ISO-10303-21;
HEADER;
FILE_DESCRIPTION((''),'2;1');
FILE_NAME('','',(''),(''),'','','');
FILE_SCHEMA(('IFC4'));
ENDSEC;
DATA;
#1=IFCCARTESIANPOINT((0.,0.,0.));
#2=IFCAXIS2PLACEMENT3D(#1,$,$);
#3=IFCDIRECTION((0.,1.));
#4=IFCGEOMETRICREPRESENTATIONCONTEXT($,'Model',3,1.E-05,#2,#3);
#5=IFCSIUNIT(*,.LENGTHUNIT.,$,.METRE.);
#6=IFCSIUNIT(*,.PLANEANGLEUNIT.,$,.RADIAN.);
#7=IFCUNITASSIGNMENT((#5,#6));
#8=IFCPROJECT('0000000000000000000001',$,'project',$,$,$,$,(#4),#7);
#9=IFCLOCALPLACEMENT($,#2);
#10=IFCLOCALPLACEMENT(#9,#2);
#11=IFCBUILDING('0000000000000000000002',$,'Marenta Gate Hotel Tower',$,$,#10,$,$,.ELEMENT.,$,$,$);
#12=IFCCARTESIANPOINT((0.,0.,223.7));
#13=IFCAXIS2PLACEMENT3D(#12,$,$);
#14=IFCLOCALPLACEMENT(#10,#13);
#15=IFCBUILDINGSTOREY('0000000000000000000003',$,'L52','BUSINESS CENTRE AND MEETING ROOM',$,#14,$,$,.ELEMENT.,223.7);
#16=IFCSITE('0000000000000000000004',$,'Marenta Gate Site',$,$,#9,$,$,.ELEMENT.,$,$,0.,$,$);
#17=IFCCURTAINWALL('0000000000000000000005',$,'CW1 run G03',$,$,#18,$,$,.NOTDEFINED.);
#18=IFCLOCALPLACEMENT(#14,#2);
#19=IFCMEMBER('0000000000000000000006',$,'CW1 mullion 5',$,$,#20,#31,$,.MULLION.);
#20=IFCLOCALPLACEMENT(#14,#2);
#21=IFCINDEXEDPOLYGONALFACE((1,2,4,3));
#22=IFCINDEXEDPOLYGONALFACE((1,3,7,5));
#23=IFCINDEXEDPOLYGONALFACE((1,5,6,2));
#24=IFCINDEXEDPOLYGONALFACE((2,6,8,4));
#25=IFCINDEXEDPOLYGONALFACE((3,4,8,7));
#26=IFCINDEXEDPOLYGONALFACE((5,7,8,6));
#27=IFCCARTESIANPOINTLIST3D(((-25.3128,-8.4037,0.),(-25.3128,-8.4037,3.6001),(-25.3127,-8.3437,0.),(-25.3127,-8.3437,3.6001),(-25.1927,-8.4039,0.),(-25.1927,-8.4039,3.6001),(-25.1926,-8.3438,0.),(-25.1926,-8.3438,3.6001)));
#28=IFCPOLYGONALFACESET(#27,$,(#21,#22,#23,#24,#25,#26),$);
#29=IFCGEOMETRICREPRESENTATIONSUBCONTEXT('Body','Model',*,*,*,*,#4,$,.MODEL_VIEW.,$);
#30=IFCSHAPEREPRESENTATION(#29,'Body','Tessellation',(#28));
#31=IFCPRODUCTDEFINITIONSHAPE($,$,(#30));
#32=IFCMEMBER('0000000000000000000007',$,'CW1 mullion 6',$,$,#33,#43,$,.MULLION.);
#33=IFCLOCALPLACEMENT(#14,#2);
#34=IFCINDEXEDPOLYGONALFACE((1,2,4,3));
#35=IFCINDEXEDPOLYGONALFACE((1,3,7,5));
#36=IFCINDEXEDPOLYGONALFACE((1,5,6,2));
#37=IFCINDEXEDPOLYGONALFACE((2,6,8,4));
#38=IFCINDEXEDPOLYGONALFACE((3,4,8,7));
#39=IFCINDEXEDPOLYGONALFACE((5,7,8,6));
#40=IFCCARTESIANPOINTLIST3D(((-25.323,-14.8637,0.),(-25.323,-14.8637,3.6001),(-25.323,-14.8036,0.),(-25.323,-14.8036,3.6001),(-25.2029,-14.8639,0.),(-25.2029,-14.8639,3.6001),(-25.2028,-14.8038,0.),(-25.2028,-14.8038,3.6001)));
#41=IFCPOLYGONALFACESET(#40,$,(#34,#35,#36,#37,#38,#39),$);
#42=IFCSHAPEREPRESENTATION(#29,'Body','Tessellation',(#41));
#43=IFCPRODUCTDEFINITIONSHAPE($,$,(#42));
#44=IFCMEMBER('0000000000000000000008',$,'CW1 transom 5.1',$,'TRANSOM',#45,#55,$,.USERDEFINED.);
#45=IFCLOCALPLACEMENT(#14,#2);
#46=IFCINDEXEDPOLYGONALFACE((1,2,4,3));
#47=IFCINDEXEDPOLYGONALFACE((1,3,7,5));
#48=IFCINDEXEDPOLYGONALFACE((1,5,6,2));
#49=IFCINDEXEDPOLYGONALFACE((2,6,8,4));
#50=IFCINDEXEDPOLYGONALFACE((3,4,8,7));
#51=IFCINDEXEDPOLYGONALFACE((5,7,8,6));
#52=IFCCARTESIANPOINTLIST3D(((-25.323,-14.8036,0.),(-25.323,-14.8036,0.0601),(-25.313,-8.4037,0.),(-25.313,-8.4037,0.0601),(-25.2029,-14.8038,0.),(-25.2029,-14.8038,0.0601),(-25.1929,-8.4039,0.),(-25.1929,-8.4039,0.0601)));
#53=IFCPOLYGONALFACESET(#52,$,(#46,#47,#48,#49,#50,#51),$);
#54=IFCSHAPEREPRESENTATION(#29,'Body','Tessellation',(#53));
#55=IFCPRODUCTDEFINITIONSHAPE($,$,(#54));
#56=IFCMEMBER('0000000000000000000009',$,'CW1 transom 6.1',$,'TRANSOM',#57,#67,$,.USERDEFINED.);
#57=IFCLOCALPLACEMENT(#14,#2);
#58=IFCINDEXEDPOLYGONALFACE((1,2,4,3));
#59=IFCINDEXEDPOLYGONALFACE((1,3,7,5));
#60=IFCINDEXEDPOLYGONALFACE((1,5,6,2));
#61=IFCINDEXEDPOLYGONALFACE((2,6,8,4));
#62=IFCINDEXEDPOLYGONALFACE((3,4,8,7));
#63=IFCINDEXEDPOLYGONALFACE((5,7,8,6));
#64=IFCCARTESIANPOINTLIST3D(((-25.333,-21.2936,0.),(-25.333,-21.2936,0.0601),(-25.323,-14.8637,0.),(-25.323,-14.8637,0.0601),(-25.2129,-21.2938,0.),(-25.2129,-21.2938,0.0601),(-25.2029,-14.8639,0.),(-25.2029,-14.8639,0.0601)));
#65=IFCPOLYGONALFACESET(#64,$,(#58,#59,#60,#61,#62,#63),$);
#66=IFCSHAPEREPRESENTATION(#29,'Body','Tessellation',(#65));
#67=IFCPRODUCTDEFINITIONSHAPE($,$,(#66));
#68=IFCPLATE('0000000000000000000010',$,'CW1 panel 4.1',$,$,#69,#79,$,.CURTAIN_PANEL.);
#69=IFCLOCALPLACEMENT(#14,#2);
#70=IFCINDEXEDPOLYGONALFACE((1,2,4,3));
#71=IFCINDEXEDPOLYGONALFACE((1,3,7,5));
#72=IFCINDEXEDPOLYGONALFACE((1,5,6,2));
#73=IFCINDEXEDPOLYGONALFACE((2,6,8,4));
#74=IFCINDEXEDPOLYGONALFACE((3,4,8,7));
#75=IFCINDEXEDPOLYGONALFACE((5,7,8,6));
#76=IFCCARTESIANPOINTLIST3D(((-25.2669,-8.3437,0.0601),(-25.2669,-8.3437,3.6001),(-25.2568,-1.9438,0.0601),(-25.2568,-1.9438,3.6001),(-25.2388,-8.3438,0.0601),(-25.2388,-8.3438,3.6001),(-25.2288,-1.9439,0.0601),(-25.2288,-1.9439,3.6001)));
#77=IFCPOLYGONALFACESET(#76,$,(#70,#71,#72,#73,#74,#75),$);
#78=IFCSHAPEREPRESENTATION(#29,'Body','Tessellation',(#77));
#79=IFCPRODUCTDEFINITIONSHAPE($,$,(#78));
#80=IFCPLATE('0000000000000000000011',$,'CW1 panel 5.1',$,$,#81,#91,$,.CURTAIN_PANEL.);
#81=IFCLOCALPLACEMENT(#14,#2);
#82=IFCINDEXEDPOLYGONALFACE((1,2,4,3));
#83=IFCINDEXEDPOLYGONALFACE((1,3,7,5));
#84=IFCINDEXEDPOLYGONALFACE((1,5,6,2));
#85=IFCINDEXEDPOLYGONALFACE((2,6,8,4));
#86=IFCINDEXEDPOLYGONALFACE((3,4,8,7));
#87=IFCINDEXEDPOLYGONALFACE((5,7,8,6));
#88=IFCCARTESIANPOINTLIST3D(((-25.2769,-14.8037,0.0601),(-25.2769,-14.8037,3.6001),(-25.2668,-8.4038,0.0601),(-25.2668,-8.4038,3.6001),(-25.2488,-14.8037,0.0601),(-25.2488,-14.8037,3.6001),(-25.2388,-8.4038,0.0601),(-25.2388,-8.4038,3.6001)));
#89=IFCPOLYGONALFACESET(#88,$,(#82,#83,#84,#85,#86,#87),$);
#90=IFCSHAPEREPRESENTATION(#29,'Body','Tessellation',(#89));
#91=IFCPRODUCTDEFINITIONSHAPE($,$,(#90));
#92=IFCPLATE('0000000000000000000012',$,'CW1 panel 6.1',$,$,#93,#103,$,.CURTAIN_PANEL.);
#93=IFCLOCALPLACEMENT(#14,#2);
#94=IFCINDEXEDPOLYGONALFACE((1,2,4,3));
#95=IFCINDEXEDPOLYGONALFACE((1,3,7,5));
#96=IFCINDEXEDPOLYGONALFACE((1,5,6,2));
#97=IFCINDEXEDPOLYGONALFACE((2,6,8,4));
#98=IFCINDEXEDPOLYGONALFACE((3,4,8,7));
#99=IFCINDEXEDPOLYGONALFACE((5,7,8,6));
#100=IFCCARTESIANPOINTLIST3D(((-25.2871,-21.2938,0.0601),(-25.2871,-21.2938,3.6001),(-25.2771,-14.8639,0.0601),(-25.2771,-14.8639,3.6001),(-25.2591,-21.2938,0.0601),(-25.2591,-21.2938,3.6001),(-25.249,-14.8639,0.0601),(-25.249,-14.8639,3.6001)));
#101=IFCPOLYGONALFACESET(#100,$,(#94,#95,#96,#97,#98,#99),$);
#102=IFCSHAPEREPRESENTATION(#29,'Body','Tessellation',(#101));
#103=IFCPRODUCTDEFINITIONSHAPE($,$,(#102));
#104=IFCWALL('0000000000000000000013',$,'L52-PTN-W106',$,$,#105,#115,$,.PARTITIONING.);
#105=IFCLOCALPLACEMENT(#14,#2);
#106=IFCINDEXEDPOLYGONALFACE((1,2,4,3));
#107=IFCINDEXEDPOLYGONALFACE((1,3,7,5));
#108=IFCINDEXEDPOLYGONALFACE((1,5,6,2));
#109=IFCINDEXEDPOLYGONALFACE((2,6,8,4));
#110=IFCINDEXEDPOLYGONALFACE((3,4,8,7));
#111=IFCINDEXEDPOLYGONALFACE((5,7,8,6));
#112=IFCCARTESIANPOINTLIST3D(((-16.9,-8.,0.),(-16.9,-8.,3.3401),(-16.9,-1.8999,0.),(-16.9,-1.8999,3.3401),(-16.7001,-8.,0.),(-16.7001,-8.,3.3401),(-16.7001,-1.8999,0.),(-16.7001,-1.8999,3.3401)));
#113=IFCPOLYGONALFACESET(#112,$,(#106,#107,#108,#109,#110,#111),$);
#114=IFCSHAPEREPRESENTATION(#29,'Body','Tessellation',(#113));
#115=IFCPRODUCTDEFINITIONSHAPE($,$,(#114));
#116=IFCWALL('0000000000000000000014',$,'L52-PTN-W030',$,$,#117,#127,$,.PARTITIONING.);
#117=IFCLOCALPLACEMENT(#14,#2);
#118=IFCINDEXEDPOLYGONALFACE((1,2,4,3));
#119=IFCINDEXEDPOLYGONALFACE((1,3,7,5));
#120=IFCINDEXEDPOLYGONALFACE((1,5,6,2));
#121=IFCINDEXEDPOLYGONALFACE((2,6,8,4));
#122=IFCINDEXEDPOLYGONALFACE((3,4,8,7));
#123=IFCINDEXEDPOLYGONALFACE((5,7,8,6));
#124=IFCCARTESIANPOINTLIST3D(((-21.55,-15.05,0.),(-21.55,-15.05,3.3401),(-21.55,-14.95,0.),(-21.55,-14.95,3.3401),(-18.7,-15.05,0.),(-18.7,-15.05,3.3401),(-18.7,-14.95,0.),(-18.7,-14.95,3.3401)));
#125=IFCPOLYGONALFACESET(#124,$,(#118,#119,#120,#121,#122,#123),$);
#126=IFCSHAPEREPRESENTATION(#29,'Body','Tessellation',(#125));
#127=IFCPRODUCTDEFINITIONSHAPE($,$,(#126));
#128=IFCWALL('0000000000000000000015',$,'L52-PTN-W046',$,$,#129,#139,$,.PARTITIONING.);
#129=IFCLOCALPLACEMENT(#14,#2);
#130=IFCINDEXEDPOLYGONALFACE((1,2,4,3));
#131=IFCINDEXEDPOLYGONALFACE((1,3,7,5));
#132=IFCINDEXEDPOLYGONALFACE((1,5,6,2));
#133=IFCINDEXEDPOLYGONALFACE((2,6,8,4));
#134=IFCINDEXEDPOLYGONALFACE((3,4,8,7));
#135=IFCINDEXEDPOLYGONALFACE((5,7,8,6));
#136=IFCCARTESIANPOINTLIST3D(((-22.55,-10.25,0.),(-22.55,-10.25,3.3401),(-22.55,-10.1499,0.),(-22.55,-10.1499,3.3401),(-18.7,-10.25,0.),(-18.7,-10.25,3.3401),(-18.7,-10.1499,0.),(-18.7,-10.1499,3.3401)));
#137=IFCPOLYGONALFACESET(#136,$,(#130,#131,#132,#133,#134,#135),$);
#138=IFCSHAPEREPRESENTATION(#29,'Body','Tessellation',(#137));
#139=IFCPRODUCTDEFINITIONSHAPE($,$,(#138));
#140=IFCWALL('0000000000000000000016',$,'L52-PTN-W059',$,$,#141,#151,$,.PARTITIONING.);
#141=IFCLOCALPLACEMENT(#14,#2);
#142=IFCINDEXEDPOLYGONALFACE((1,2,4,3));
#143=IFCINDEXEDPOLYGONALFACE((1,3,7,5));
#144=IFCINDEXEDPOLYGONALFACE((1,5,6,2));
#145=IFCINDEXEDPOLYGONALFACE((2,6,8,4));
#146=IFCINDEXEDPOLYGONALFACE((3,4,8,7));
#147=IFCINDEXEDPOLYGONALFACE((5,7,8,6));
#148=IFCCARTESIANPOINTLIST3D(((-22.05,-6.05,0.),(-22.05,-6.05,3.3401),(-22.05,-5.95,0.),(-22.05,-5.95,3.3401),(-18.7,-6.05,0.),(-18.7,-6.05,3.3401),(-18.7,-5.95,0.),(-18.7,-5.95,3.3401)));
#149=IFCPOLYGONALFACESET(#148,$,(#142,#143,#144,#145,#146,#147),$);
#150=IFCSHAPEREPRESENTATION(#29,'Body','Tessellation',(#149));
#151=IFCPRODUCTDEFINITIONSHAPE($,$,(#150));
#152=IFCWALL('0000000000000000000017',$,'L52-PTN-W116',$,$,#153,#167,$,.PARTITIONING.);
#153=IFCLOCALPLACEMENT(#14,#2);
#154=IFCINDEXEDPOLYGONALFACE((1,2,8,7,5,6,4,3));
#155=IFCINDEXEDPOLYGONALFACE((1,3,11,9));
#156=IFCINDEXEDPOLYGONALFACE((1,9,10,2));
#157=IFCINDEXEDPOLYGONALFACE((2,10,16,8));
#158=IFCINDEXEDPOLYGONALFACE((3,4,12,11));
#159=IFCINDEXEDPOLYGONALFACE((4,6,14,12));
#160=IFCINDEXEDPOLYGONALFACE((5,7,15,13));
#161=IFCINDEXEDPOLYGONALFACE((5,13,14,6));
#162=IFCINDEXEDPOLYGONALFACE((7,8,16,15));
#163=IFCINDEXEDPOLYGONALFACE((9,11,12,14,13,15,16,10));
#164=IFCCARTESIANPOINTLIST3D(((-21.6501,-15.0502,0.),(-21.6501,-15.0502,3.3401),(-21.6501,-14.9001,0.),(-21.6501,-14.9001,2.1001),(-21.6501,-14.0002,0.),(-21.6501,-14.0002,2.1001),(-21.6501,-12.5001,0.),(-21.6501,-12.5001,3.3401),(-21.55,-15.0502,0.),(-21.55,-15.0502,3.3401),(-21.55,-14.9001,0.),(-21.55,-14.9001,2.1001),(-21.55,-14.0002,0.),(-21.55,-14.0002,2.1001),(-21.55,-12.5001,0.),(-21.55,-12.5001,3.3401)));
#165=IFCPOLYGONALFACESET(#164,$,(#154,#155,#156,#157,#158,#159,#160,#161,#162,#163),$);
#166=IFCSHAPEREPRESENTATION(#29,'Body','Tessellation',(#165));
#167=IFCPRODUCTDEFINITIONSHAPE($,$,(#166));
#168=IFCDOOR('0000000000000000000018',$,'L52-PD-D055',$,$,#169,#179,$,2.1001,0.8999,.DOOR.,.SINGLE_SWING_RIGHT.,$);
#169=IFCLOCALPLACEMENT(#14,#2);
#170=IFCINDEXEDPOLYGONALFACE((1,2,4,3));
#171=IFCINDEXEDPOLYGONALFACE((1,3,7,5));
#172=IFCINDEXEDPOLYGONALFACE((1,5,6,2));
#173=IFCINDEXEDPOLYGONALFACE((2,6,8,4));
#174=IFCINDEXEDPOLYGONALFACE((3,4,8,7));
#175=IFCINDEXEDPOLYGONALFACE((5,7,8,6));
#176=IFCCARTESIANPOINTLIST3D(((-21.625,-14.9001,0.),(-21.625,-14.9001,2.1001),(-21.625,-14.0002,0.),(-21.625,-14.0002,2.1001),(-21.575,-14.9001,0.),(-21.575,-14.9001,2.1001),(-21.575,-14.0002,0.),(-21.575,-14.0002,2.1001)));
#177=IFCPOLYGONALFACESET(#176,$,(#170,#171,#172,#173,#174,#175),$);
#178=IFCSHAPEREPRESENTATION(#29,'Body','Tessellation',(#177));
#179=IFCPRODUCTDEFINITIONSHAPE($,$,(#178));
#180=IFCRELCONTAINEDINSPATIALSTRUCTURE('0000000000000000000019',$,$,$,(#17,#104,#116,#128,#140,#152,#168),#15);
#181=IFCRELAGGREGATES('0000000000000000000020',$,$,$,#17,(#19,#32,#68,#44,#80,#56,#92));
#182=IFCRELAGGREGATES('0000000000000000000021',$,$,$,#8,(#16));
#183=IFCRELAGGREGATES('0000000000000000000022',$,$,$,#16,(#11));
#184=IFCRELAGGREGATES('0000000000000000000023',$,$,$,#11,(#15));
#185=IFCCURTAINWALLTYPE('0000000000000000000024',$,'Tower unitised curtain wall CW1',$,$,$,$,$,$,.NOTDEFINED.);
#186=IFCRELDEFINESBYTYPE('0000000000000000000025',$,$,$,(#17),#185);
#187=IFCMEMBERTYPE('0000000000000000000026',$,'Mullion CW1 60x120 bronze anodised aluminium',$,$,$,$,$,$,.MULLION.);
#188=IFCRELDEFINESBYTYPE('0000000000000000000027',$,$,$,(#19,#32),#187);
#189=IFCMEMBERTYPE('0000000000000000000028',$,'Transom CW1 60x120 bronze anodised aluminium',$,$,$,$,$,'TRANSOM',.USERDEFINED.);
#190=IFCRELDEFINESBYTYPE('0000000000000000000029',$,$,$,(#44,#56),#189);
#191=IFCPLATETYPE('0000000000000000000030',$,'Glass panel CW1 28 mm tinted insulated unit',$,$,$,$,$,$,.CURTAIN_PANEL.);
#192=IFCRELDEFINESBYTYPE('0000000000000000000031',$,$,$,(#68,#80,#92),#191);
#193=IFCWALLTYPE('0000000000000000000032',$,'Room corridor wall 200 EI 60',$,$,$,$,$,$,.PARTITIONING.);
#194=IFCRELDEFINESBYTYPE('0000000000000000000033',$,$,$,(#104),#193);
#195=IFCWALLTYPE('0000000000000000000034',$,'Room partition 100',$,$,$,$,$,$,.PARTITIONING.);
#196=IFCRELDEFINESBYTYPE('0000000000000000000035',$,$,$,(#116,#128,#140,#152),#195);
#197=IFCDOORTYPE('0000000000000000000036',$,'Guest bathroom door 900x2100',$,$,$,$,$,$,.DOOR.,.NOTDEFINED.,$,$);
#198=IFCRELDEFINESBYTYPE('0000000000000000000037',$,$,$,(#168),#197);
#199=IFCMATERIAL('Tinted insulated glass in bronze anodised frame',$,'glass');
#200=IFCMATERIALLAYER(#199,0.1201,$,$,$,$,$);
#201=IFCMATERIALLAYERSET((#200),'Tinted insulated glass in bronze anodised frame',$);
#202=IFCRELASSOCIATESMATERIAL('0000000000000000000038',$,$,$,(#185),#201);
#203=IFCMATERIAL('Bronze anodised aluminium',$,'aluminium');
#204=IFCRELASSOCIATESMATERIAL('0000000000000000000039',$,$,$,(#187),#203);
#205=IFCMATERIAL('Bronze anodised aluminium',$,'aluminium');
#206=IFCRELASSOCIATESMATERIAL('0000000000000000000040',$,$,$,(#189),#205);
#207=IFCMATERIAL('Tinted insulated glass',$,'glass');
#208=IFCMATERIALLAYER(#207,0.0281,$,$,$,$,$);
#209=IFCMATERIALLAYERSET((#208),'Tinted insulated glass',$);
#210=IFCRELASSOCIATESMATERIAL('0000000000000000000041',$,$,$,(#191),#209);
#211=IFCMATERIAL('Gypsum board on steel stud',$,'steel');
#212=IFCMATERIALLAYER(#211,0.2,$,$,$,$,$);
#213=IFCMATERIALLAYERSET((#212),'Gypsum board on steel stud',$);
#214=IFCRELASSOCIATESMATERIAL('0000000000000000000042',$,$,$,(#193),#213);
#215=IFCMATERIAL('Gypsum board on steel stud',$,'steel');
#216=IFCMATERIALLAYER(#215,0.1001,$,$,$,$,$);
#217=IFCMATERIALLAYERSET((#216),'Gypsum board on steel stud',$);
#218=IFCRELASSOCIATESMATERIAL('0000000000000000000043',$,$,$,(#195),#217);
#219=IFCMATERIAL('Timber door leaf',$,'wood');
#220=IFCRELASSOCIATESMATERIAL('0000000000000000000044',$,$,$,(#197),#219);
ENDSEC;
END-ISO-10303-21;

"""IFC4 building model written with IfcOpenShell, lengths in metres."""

from ifc_helpers import new_model, si_unit, direction, frame, frame_2d, origin, origin_2d, place, context, subcontext, project, spatial, rectangle, extrude, material, layer, layer_set, material_profile, profile_set, type_object, element, fill, aggregate, save


model = new_model("IFC4")

# Units and contexts
model_context = context("Model", 3, precision=1e-05, world=origin(), true_north=direction((0.0, 1.0)))
body_context = subcontext(model_context, "Body", "Model", "MODEL_VIEW")
ifc_project = project(units=[si_unit("LENGTHUNIT", "METRE"), si_unit("PLANEANGLEUNIT", "RADIAN")], contexts=[model_context])

# Site, building, storey
site_placement = place(None, origin())
site = spatial("IfcSite", under=ifc_project, at=site_placement, Name="Marenta Gate Site", CompositionType="ELEMENT", RefElevation=0.0)
building_placement = place(site_placement, origin())
building = spatial("IfcBuilding", under=site, at=building_placement, Name="Marenta Gate Hotel Tower", CompositionType="ELEMENT")
storey_placement = place(building_placement, frame((0.0, 0.0, 223.7)))
storey = spatial("IfcBuildingStorey", under=building, at=storey_placement, Name="L52", Description="BUSINESS CENTRE AND MEETING ROOM", CompositionType="ELEMENT", Elevation=223.7)

# Curtain wall, members, plates
ifc_material_1 = material(Name="Tinted insulated glass in bronze anodised frame", Category="glass")
ifc_layer_1 = layer(ifc_material_1, 0.1201)
ifc_layer_set_1 = layer_set([ifc_layer_1], Name="Tinted insulated glass in bronze anodised frame")
curtain_wall_type = type_object("IfcCurtainWallType", Name="Tower unitised curtain wall CW1", PredefinedType="NOTDEFINED", material=ifc_layer_set_1)
curtain_wall_placement = place(storey_placement, origin())
curtain_wall = element("IfcCurtainWall", 1, at=curtain_wall_placement, inside=storey, type_object=curtain_wall_type, Name="CW1 run G03", PredefinedType="NOTDEFINED")
ifc_material_2 = material(Name="Bronze anodised aluminium", Category="aluminium")
ifc_material_profile_1 = material_profile(ifc_material_2, rectangle(XDim=0.1201, YDim=0.0601, at=origin_2d()), Name="Mullion CW1 60x120 bronze anodised aluminium")
ifc_profile_set_1 = profile_set([ifc_material_profile_1], Name="Bronze anodised aluminium")
member_type_1 = type_object("IfcMemberType", Name="Mullion CW1 60x120 bronze anodised aluminium", PredefinedType="MULLION", material=ifc_profile_set_1)
member_1_placement = place(storey_placement, frame((-25.2527, -8.3738, 0.0), z_axis=(0.0, 0.0, 1.0), x_axis=(0.999999, -0.001566, 0.0)))
member_1 = element("IfcMember", 2, at=member_1_placement, type_object=member_type_1, Name="CW1 mullion 5", PredefinedType="MULLION", context=body_context, shape_type="SweptSolid", body=[
    extrude(rectangle(XDim=0.1201, YDim=0.0601, at=origin_2d()), origin(), (0.0, 0.0, 1.0), 3.6001),
])
member_2_placement = place(storey_placement, frame((-25.2629, -14.8337, 0.0), z_axis=(0.0, 0.0, 1.0), x_axis=(0.999999, -0.001566, 0.0)))
member_2 = element("IfcMember", 3, at=member_2_placement, type_object=member_type_1, Name="CW1 mullion 6", PredefinedType="MULLION", context=body_context, shape_type="SweptSolid", body=[
    extrude(rectangle(XDim=0.1201, YDim=0.0601, at=origin_2d()), origin(), (0.0, 0.0, 1.0), 3.6001),
])
ifc_material_3 = material(Name="Bronze anodised aluminium", Category="aluminium")
ifc_material_profile_2 = material_profile(ifc_material_3, rectangle(XDim=0.1201, YDim=0.0601, at=origin_2d()), Name="Transom CW1 60x120 bronze anodised aluminium")
ifc_profile_set_2 = profile_set([ifc_material_profile_2], Name="Bronze anodised aluminium")
member_type_2 = type_object("IfcMemberType", Name="Transom CW1 60x120 bronze anodised aluminium", ElementType="TRANSOM", PredefinedType="USERDEFINED", material=ifc_profile_set_2)
member_3_placement = place(storey_placement, frame((-25.2529, -8.4038, 0.03), z_axis=(-0.001564, -0.999999, 0.0), x_axis=(0.999999, -0.001564, 0.0)))
member_3 = element("IfcMember", 4, at=member_3_placement, type_object=member_type_2, Name="CW1 transom 5.1", ObjectType="TRANSOM", PredefinedType="USERDEFINED", context=body_context, shape_type="SweptSolid", body=[
    extrude(rectangle(XDim=0.1201, YDim=0.0601, at=origin_2d()), origin(), (0.0, 0.0, 1.0), 6.3999),
])
member_4_placement = place(storey_placement, frame((-25.2629, -14.8638, 0.03), z_axis=(-0.001557, -0.999999, 0.0), x_axis=(0.999999, -0.001557, 0.0)))
member_4 = element("IfcMember", 5, at=member_4_placement, type_object=member_type_2, Name="CW1 transom 6.1", ObjectType="TRANSOM", PredefinedType="USERDEFINED", context=body_context, shape_type="SweptSolid", body=[
    extrude(rectangle(XDim=0.1201, YDim=0.0601, at=origin_2d()), origin(), (0.0, 0.0, 1.0), 6.4299),
])
ifc_material_4 = material(Name="Tinted insulated glass", Category="glass")
ifc_layer_2 = layer(ifc_material_4, 0.0281)
ifc_layer_set_2 = layer_set([ifc_layer_2], Name="Tinted insulated glass")
plate_type = type_object("IfcPlateType", Name="Glass panel CW1 28 mm tinted insulated unit", PredefinedType="CURTAIN_PANEL", material=ifc_layer_set_2)
plate_1_placement = place(storey_placement, frame((-25.2478, -5.1438, 0.0601), z_axis=(0.0, 0.0, 1.0), x_axis=(-0.001566, -0.999999, 0.0)))
plate_1 = element("IfcPlate", 6, at=plate_1_placement, type_object=plate_type, Name="CW1 panel 4.1", PredefinedType="CURTAIN_PANEL", context=body_context, shape_type="SweptSolid", body=[
    extrude(rectangle(XDim=6.3999, YDim=0.0281, at=origin_2d()), origin(), (0.0, 0.0, 1.0), 3.54),
])
plate_2_placement = place(storey_placement, frame((-25.2578, -11.6038, 0.0601), z_axis=(0.0, 0.0, 1.0), x_axis=(-0.001566, -0.999999, 0.0)))
plate_2 = element("IfcPlate", 7, at=plate_2_placement, type_object=plate_type, Name="CW1 panel 5.1", PredefinedType="CURTAIN_PANEL", context=body_context, shape_type="SweptSolid", body=[
    extrude(rectangle(XDim=6.3999, YDim=0.0281, at=origin_2d()), origin(), (0.0, 0.0, 1.0), 3.54),
])
plate_3_placement = place(storey_placement, frame((-25.2681, -18.0789, 0.0601), z_axis=(0.0, 0.0, 1.0), x_axis=(-0.001566, -0.999999, 0.0)))
plate_3 = element("IfcPlate", 8, at=plate_3_placement, type_object=plate_type, Name="CW1 panel 6.1", PredefinedType="CURTAIN_PANEL", context=body_context, shape_type="SweptSolid", body=[
    extrude(rectangle(XDim=6.4299, YDim=0.0281, at=origin_2d()), origin(), (0.0, 0.0, 1.0), 3.54),
])
aggregate(curtain_wall, [member_1, member_2, plate_1, member_3, plate_2, member_4, plate_3])

# Walls
ifc_material_5 = material(Name="Gypsum board on steel stud", Category="steel")
ifc_layer_3 = layer(ifc_material_5, 0.2)
ifc_layer_set_3 = layer_set([ifc_layer_3], Name="Gypsum board on steel stud")
wall_type_1 = type_object("IfcWallType", Name="Room corridor wall 200 EI 60", PredefinedType="PARTITIONING", material=ifc_layer_set_3)
wall_1_placement = place(storey_placement, frame((-16.8, -8.0, 0.0), z_axis=(0.0, 0.0, 1.0), x_axis=(0.0, 1.0, 0.0)))
element("IfcWall", 9, at=wall_1_placement, inside=storey, type_object=wall_type_1, Name="L52-PTN-W106", PredefinedType="PARTITIONING", context=body_context, shape_type="SweptSolid", body=[
    extrude(rectangle(XDim=6.1001, YDim=0.2, at=frame_2d((3.05, 0.0))), origin(), (0.0, 0.0, 1.0), 3.3401),
])
ifc_material_6 = material(Name="Gypsum board on steel stud", Category="steel")
ifc_layer_4 = layer(ifc_material_6, 0.1001)
ifc_layer_set_4 = layer_set([ifc_layer_4], Name="Gypsum board on steel stud")
wall_type_2 = type_object("IfcWallType", Name="Room partition 100", PredefinedType="PARTITIONING", material=ifc_layer_set_4)
wall_2_placement = place(storey_placement, frame((-21.55, -15.0, 0.0), z_axis=(0.0, 0.0, 1.0), x_axis=(1.0, 0.0, 0.0)))
element("IfcWall", 10, at=wall_2_placement, inside=storey, type_object=wall_type_2, Name="L52-PTN-W030", PredefinedType="PARTITIONING", context=body_context, shape_type="SweptSolid", body=[
    extrude(rectangle(XDim=2.8501, YDim=0.1001, at=frame_2d((1.425, 0.0))), origin(), (0.0, 0.0, 1.0), 3.3401),
])
wall_3_placement = place(storey_placement, frame((-22.55, -10.2, 0.0), z_axis=(0.0, 0.0, 1.0), x_axis=(1.0, 0.0, 0.0)))
element("IfcWall", 11, at=wall_3_placement, inside=storey, type_object=wall_type_2, Name="L52-PTN-W046", PredefinedType="PARTITIONING", context=body_context, shape_type="SweptSolid", body=[
    extrude(rectangle(XDim=3.8501, YDim=0.1001, at=frame_2d((1.925, 0.0))), origin(), (0.0, 0.0, 1.0), 3.3401),
])
wall_4_placement = place(storey_placement, frame((-22.05, -6.0, 0.0), z_axis=(0.0, 0.0, 1.0), x_axis=(1.0, 0.0, 0.0)))
element("IfcWall", 12, at=wall_4_placement, inside=storey, type_object=wall_type_2, Name="L52-PTN-W059", PredefinedType="PARTITIONING", context=body_context, shape_type="SweptSolid", body=[
    extrude(rectangle(XDim=3.3501, YDim=0.1001, at=frame_2d((1.675, 0.0))), origin(), (0.0, 0.0, 1.0), 3.3401),
])

# Wall, opening, door
wall_5_placement = place(storey_placement, frame((-21.6001, -15.05, 0.0), z_axis=(0.0, 0.0, 1.0), x_axis=(0.0, 1.0, 0.0)))
wall_5 = element("IfcWall", 13, at=wall_5_placement, inside=storey, type_object=wall_type_2, Name="L52-PTN-W116", PredefinedType="PARTITIONING", context=body_context, shape_type="SweptSolid", body=[
    extrude(rectangle(XDim=2.55, YDim=0.1001, at=frame_2d((1.2749, 0.0))), origin(), (0.0, 0.0, 1.0), 3.3401),
])
opening_1_placement = place(wall_5_placement, frame((0.1499, 0.0, 0.0)))
opening_1 = element("IfcOpeningElement", 14, at=opening_1_placement, cuts=wall_5, PredefinedType="OPENING", context=body_context, shape_type="SweptSolid", body=[
    extrude(rectangle(XDim=0.8999, YDim=2.1001, at=frame_2d((0.45, 1.05))), frame((0.0, 0.05, 0.0), z_axis=(0.0, -1.0, 0.0), x_axis=(1.0, 0.0, 0.0)), (0.0, 0.0, 1.0), 0.1001),
])
ifc_material_7 = material(Name="Timber door leaf", Category="wood")
door_type = type_object("IfcDoorType", Name="Guest bathroom door 900x2100", OperationType="NOTDEFINED", PredefinedType="DOOR", material=ifc_material_7)
door_1_placement = place(opening_1_placement, origin())
door_1 = element("IfcDoor", 15, at=door_1_placement, inside=storey, type_object=door_type, Name="L52-PD-D055", OperationType="SINGLE_SWING_RIGHT", OverallHeight=2.1001, OverallWidth=0.8999, PredefinedType="DOOR", context=body_context, shape_type="SweptSolid", body=[
    extrude(rectangle(XDim=0.8999, YDim=2.1001, at=frame_2d((0.45, 1.05))), frame((0.0, 0.0249, 0.0), z_axis=(0.0, -1.0, 0.0), x_axis=(1.0, 0.0, 0.0)), (0.0, 0.0, 1.0), 0.05),
])
fill(opening_1, door_1)

save(model, "model.ifc")
